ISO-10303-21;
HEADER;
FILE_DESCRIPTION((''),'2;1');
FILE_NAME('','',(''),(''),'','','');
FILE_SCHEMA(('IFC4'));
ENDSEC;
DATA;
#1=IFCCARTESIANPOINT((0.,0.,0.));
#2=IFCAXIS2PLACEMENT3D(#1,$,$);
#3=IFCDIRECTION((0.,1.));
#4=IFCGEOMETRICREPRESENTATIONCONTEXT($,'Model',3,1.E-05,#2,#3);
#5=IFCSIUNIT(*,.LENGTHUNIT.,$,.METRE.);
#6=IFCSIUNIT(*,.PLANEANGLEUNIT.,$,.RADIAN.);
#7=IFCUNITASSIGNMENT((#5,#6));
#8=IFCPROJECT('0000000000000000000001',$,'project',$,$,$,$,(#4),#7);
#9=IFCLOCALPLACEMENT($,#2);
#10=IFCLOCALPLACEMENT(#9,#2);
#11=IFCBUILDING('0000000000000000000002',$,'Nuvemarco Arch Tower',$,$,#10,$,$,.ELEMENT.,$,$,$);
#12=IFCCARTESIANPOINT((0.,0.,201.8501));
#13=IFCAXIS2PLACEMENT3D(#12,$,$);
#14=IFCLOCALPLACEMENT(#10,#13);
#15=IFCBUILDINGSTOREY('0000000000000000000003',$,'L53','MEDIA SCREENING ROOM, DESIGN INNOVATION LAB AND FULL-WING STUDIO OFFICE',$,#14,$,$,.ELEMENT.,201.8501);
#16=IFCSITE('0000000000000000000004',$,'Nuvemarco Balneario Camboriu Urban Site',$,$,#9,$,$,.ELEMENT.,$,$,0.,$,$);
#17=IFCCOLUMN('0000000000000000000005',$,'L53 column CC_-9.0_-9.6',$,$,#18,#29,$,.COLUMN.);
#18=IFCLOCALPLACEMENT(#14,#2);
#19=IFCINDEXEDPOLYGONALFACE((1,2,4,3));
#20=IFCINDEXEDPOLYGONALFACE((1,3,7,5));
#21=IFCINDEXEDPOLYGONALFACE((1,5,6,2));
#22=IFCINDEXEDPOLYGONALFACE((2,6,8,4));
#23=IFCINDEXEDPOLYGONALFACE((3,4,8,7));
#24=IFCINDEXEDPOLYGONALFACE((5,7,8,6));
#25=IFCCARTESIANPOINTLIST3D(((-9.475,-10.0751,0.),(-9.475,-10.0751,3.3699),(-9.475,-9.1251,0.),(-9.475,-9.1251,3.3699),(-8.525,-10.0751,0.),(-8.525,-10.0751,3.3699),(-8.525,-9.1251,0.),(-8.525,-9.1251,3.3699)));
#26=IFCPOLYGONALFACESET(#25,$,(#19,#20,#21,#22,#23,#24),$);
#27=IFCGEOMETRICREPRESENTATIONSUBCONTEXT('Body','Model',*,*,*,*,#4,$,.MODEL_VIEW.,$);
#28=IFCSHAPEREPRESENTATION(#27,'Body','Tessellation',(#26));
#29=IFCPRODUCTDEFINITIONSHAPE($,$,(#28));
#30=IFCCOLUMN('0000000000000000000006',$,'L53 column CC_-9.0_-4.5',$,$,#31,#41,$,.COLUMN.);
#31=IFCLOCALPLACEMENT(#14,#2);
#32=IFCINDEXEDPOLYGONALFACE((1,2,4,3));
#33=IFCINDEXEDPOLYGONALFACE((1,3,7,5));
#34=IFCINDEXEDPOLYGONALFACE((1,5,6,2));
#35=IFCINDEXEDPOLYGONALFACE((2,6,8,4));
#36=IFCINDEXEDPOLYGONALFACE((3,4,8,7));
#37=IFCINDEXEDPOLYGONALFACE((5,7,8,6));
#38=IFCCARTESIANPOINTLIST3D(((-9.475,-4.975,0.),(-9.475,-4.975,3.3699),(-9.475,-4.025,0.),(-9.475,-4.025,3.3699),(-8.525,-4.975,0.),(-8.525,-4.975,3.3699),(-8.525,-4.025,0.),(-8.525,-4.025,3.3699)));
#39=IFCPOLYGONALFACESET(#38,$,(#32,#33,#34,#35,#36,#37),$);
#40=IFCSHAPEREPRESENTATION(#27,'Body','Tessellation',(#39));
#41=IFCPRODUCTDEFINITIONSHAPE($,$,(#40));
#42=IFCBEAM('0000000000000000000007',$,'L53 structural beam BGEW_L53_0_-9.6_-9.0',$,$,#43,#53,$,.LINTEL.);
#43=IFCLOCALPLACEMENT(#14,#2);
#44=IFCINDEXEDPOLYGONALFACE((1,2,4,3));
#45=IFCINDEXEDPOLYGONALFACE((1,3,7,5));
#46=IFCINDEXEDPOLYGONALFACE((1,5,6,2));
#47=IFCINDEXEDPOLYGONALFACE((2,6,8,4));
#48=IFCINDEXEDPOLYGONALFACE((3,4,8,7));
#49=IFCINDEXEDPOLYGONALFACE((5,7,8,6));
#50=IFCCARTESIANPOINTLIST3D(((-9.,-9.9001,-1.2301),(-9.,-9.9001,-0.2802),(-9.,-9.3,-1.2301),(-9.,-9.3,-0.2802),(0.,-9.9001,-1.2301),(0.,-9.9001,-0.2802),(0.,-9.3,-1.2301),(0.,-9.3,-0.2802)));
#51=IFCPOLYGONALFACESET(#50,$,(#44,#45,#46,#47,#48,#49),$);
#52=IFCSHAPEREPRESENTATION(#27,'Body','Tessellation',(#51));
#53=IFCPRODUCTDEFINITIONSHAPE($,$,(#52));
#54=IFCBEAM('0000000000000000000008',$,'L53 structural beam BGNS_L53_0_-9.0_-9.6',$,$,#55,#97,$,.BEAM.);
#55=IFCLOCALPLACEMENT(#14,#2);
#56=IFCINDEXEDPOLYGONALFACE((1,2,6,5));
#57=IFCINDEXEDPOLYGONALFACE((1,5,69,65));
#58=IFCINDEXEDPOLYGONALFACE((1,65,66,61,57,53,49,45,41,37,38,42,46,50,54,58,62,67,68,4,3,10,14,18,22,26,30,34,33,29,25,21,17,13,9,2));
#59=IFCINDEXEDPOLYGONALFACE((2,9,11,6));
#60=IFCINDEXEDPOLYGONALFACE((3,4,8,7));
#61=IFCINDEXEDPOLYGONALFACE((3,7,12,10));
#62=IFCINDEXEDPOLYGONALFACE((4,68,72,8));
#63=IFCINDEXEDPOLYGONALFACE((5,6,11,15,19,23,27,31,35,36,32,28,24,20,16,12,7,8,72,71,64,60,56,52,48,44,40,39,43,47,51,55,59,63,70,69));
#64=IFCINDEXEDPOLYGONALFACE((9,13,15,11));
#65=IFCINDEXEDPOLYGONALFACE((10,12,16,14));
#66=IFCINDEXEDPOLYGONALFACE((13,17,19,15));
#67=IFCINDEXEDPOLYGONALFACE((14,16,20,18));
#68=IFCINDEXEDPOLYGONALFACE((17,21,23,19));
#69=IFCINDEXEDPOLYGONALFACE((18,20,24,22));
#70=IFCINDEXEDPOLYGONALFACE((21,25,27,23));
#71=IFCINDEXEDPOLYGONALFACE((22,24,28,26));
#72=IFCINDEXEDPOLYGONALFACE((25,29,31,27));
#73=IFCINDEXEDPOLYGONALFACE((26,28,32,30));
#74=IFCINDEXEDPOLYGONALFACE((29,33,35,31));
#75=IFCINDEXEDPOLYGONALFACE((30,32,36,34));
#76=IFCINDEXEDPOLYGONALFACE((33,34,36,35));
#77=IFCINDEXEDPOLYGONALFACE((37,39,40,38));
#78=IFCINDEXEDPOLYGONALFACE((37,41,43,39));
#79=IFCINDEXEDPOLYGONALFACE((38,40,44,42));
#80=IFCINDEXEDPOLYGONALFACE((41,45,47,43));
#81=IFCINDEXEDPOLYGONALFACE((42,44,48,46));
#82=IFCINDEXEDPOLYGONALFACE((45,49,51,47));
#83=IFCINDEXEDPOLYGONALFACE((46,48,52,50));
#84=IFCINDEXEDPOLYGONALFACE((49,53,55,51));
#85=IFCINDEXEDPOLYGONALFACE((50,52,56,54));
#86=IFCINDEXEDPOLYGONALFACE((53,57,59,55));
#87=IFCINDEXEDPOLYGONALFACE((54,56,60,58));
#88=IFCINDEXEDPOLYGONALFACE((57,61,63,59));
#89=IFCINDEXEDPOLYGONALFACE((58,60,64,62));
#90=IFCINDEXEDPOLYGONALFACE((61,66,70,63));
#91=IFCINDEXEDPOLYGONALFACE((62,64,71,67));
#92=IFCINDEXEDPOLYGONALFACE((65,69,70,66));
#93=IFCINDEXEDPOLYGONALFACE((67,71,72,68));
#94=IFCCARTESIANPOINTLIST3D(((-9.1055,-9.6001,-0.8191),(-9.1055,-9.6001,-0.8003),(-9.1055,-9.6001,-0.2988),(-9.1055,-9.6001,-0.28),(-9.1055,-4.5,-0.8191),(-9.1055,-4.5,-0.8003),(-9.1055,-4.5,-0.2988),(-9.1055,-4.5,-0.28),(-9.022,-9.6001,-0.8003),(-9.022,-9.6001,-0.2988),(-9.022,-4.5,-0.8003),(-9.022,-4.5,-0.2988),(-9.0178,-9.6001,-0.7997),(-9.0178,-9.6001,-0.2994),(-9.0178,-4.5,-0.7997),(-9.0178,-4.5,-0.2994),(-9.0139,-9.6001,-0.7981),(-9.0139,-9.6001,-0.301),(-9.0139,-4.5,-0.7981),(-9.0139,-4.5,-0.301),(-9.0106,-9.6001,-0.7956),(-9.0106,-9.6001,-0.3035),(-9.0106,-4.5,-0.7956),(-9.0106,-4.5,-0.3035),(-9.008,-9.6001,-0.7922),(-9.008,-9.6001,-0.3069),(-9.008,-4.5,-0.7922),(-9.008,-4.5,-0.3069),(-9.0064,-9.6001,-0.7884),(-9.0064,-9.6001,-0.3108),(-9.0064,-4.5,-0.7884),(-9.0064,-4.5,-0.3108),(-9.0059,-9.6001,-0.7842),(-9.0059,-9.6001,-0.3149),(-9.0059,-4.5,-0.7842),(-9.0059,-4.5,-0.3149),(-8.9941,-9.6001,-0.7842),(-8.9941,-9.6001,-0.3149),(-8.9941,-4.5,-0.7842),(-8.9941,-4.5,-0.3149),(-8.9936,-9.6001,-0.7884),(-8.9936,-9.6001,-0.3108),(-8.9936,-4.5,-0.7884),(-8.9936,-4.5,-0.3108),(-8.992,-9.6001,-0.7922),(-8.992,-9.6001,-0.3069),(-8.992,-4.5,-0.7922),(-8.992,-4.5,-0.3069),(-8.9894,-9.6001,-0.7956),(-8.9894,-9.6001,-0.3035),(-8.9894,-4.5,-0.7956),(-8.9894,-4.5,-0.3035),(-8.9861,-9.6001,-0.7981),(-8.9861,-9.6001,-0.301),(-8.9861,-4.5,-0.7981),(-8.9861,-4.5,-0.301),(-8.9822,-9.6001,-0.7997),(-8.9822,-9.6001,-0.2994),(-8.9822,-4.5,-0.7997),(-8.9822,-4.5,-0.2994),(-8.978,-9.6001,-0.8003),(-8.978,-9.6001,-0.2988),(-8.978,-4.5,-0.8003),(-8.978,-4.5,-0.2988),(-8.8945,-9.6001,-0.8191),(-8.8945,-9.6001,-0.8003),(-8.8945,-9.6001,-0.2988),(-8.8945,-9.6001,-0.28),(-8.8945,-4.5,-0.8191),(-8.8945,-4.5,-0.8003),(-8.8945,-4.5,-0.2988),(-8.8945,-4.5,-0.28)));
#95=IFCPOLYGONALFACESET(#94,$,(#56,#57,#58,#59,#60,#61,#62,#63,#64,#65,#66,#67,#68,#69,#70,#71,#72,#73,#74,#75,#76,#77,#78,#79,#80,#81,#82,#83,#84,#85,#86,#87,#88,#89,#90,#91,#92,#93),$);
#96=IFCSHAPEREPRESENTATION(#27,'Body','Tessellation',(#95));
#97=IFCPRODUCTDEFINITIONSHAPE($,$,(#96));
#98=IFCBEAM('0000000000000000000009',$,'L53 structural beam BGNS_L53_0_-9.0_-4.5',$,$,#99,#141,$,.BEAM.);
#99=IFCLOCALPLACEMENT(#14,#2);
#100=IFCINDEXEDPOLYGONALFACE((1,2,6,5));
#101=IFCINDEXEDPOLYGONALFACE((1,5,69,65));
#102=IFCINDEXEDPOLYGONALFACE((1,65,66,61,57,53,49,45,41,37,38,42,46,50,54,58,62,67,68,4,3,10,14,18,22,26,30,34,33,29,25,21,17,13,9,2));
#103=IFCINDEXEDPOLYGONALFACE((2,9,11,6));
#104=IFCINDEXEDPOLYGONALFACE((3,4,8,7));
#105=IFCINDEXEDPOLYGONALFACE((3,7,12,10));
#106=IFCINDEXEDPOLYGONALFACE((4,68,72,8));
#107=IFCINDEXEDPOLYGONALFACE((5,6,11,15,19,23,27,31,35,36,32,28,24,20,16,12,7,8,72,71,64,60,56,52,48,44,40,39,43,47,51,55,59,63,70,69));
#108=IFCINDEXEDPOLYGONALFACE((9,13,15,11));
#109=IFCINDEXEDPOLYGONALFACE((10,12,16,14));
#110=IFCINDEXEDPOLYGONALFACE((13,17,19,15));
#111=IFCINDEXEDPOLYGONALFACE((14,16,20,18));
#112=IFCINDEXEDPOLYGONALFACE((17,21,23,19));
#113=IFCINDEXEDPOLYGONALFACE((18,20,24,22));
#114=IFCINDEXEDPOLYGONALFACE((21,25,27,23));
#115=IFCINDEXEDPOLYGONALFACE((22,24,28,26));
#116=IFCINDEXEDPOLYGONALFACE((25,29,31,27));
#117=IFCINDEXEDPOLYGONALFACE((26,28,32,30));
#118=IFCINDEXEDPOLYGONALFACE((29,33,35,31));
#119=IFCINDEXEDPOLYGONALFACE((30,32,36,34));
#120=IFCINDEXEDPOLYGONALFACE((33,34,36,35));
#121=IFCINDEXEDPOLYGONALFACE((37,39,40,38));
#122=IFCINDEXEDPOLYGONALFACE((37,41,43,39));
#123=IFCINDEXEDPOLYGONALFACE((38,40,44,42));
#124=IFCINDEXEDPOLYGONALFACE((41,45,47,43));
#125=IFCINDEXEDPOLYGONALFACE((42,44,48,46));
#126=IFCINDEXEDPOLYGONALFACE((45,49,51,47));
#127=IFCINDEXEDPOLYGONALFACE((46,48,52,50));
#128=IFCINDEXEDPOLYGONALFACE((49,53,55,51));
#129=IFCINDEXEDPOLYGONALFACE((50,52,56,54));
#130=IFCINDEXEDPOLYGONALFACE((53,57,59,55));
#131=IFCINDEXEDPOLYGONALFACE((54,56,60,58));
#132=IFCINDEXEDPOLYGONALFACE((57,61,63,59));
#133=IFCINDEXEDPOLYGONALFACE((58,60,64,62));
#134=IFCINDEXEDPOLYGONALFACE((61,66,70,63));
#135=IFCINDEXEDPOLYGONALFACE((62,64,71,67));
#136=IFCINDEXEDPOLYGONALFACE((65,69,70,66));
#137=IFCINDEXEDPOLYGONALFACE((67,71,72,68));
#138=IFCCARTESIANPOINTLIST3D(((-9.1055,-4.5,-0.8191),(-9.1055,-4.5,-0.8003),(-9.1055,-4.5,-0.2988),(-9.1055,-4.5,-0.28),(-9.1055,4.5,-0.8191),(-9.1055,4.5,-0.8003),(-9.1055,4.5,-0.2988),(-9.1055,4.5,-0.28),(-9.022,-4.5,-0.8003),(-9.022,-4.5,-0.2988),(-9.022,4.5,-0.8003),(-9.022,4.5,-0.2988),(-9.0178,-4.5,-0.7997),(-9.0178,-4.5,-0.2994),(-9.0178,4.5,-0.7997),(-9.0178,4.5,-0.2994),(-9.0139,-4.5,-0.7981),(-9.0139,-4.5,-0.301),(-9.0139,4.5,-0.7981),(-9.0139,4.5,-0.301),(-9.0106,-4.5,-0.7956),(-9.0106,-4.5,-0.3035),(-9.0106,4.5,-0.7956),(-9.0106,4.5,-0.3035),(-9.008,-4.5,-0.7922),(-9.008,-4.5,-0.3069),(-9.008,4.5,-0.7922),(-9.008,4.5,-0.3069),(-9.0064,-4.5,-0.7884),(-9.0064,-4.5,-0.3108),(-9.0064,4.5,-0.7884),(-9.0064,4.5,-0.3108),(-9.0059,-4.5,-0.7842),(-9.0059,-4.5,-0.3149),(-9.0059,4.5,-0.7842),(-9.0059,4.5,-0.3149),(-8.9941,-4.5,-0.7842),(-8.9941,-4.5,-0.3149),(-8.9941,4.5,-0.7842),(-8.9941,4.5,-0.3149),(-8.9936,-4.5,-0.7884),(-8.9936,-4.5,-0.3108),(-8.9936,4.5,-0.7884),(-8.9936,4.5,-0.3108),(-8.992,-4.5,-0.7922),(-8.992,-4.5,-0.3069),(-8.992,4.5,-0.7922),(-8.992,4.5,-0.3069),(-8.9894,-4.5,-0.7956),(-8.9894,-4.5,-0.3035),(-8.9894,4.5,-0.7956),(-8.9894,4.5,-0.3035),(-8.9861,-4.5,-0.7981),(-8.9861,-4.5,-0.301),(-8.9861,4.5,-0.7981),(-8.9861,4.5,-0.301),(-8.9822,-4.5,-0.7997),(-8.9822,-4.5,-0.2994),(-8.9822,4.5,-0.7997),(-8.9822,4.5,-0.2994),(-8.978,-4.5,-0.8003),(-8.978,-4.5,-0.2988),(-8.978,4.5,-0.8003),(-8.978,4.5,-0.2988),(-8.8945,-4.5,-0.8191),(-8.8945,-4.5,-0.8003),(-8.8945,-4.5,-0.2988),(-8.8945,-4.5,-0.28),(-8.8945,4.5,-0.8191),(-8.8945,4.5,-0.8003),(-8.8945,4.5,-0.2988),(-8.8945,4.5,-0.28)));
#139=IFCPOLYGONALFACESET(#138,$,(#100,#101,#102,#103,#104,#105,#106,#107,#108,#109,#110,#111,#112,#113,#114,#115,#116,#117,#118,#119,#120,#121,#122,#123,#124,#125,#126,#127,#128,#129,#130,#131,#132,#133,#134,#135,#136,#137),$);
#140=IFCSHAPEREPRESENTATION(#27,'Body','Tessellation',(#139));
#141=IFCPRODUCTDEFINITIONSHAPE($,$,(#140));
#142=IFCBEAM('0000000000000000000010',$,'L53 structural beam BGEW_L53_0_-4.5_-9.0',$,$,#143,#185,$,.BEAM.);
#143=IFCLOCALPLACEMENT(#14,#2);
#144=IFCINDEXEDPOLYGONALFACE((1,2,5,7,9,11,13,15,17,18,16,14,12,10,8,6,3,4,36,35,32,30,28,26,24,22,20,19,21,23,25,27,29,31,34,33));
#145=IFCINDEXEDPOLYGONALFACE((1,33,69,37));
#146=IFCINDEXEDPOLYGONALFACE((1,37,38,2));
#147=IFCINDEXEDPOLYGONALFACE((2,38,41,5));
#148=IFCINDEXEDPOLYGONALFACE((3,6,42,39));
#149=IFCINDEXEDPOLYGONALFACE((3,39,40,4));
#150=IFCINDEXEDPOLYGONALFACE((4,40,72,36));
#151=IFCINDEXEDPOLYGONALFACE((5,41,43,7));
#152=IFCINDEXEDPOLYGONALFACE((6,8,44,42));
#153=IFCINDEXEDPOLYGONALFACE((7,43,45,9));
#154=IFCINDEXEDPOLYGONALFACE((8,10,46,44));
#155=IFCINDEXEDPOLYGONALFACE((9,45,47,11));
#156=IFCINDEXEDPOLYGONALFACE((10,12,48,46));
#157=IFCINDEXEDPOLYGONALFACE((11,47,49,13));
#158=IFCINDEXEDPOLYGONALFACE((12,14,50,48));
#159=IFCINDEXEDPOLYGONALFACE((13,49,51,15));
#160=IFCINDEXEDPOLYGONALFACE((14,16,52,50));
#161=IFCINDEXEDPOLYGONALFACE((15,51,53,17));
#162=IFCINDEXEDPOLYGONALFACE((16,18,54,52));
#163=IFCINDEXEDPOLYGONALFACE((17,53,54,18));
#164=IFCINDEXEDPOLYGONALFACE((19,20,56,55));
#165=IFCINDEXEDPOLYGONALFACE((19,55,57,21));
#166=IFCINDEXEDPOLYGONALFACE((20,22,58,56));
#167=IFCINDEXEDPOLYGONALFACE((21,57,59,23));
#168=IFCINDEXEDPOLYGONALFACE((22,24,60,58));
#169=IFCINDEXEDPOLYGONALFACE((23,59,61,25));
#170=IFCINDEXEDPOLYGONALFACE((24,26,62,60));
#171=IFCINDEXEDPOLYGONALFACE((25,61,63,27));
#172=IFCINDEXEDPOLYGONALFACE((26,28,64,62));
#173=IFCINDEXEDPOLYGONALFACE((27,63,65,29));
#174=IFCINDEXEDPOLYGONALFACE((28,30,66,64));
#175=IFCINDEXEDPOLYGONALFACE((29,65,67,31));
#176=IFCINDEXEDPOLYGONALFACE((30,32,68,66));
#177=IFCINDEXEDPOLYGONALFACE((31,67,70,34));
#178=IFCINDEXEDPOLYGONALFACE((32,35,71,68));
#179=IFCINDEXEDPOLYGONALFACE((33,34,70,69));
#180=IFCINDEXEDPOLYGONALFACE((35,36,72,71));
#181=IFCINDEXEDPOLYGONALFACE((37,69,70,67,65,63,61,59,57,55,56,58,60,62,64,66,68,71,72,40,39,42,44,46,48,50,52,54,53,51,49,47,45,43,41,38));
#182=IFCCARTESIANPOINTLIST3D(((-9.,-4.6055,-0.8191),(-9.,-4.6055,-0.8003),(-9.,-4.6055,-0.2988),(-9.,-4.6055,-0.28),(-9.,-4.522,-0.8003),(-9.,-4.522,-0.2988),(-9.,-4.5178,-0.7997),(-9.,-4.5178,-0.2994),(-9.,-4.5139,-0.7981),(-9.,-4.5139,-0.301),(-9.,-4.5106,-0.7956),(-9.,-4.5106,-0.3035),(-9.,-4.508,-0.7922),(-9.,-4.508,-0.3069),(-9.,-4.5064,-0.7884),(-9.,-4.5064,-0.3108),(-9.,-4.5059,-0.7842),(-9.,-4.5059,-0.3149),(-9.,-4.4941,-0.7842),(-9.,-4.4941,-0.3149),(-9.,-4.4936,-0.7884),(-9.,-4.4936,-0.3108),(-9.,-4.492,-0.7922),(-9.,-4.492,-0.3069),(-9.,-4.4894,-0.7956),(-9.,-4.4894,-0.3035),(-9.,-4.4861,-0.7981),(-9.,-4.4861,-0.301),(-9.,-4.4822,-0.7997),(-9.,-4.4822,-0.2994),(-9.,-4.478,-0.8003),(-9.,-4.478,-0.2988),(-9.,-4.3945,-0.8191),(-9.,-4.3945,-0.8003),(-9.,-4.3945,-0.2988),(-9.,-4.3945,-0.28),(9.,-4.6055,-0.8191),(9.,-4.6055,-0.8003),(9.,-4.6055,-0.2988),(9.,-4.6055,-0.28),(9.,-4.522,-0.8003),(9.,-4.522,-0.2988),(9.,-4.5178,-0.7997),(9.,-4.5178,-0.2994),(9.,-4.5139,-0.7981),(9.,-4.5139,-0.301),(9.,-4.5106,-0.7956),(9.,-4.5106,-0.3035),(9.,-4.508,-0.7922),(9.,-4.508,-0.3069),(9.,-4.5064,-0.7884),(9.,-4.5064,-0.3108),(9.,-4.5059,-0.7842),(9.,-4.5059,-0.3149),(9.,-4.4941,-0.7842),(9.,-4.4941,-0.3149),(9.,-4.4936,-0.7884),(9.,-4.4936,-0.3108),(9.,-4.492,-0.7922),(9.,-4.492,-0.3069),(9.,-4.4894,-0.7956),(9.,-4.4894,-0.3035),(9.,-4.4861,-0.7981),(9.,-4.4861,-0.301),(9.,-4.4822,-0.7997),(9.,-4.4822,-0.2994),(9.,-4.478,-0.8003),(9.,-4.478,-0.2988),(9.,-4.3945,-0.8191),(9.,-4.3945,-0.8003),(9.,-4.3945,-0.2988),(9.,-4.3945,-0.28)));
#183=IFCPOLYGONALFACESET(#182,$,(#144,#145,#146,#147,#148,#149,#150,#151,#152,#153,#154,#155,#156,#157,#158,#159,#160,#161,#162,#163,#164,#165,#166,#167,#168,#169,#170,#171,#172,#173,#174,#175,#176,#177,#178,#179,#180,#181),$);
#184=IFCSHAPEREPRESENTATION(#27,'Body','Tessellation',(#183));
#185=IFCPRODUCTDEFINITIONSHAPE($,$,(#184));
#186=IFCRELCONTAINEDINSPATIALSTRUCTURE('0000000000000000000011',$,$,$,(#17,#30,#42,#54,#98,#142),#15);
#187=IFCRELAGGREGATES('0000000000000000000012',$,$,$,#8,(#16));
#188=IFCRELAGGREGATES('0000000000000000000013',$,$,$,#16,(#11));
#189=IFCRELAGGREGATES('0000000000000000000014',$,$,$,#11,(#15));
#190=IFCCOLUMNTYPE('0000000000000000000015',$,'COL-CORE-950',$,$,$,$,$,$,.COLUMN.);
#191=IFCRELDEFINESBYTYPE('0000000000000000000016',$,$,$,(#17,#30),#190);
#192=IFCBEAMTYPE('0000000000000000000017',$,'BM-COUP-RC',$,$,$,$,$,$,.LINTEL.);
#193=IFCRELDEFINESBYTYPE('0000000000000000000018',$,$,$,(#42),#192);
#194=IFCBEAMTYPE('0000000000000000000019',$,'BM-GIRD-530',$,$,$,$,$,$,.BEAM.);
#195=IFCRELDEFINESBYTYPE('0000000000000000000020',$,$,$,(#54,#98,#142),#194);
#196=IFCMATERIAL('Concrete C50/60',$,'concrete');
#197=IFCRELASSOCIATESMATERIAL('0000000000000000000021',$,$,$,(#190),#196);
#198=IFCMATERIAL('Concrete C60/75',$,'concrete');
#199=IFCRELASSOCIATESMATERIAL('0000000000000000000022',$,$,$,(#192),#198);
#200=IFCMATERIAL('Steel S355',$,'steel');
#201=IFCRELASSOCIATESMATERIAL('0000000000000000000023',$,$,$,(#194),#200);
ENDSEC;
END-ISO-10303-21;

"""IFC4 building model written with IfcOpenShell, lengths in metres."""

from ifc_helpers import new_model, si_unit, direction, frame, origin, origin_2d, place, context, subcontext, project, spatial, rectangle, i_section, extrude, material, material_profile, profile_set, type_object, element, save


model = new_model("IFC4")

# Units and contexts
model_context = context("Model", 3, precision=1e-05, world=origin(), true_north=direction((0.0, 1.0)))
body_context = subcontext(model_context, "Body", "Model", "MODEL_VIEW")
ifc_project = project(units=[si_unit("LENGTHUNIT", "METRE"), si_unit("PLANEANGLEUNIT", "RADIAN")], contexts=[model_context])

# Site, building, storey
site_placement = place(None, origin())
site = spatial("IfcSite", under=ifc_project, at=site_placement, Name="Nuvemarco Balneario Camboriu Urban Site", CompositionType="ELEMENT", RefElevation=0.0)
building_placement = place(site_placement, origin())
building = spatial("IfcBuilding", under=site, at=building_placement, Name="Nuvemarco Arch Tower", CompositionType="ELEMENT")
storey_placement = place(building_placement, frame((0.0, 0.0, 201.8501)))
storey = spatial("IfcBuildingStorey", under=building, at=storey_placement, Name="L53", Description="MEDIA SCREENING ROOM, DESIGN INNOVATION LAB AND FULL-WING STUDIO OFFICE", CompositionType="ELEMENT", Elevation=201.8501)

# Columns
ifc_material_1 = material(Name="Concrete C50/60", Category="concrete")
ifc_material_profile_1 = material_profile(ifc_material_1, rectangle(XDim=0.95, YDim=0.95, at=origin_2d()), Name="RC-COL-950x950")
ifc_profile_set_1 = profile_set([ifc_material_profile_1], Name="Concrete C50/60")
column_type = type_object("IfcColumnType", Name="COL-CORE-950", PredefinedType="COLUMN", material=ifc_profile_set_1)
for number, where, z_axis, x_axis, name in (
    (1, (-9.0, -9.6001, 0.0), (0.0, 0.0, 1.0), (1.0, 0.0, 0.0), "L53 column CC_-9.0_-9.6"),
    (2, (-9.0, -4.5, 0.0), (0.0, 0.0, 1.0), (1.0, 0.0, 0.0), "L53 column CC_-9.0_-4.5"),
):
    element("IfcColumn", number, at=place(storey_placement, frame(where, z_axis=z_axis, x_axis=x_axis)), inside=storey, type_object=column_type, Name=name, PredefinedType="COLUMN", context=body_context, shape_type="SweptSolid", body=[
        extrude(rectangle(XDim=0.95, YDim=0.95, at=origin_2d()), origin(), (0.0, 0.0, 1.0), 3.3699),
    ])

# Beams
ifc_material_2 = material(Name="Concrete C60/75", Category="concrete")
ifc_material_profile_2 = material_profile(ifc_material_2, rectangle(XDim=0.6001, YDim=0.95, at=origin_2d()), Name="RC-BM-600x950")
ifc_profile_set_2 = profile_set([ifc_material_profile_2], Name="Concrete C60/75")
beam_type_1 = type_object("IfcBeamType", Name="BM-COUP-RC", PredefinedType="LINTEL", material=ifc_profile_set_2)
beam_1_placement = place(storey_placement, frame((-9.0, -9.6001, -0.7551), z_axis=(1.0, 0.0, 0.0), x_axis=(0.0, 1.0, 0.0)))
element("IfcBeam", 3, at=beam_1_placement, inside=storey, type_object=beam_type_1, Name="L53 structural beam BGEW_L53_0_-9.6_-9.0", PredefinedType="LINTEL", context=body_context, shape_type="SweptSolid", body=[
    extrude(rectangle(XDim=0.6001, YDim=0.95, at=origin_2d()), origin(), (0.0, 0.0, 1.0), 9.0),
])
ifc_material_3 = material(Name="Steel S355", Category="steel")
ifc_material_profile_3 = material_profile(ifc_material_3, i_section(OverallWidth=0.2109, OverallDepth=0.5391, WebThickness=0.0117, FlangeThickness=0.0188, FilletRadius=0.0161, at=origin_2d()), Name="W530x109")
ifc_profile_set_3 = profile_set([ifc_material_profile_3], Name="Steel S355")
beam_type_2 = type_object("IfcBeamType", Name="BM-GIRD-530", PredefinedType="BEAM", material=ifc_profile_set_3)
beam_2_placement = place(storey_placement, frame((-9.0, -9.6001, -0.5496), z_axis=(0.0, 1.0, 0.0), x_axis=(-1.0, 0.0, 0.0)))
element("IfcBeam", 4, at=beam_2_placement, inside=storey, type_object=beam_type_2, Name="L53 structural beam BGNS_L53_0_-9.0_-9.6", PredefinedType="BEAM", context=body_context, shape_type="SweptSolid", body=[
    extrude(i_section(OverallWidth=0.2109, OverallDepth=0.5391, WebThickness=0.0117, FlangeThickness=0.0188, FilletRadius=0.0161, at=origin_2d()), origin(), (0.0, 0.0, 1.0), 5.1001),
])
beam_3_placement = place(storey_placement, frame((-9.0, -4.5, -0.5496), z_axis=(0.0, 1.0, 0.0), x_axis=(-1.0, 0.0, 0.0)))
element("IfcBeam", 5, at=beam_3_placement, inside=storey, type_object=beam_type_2, Name="L53 structural beam BGNS_L53_0_-9.0_-4.5", PredefinedType="BEAM", context=body_context, shape_type="SweptSolid", body=[
    extrude(i_section(OverallWidth=0.2109, OverallDepth=0.5391, WebThickness=0.0117, FlangeThickness=0.0188, FilletRadius=0.0161, at=origin_2d()), origin(), (0.0, 0.0, 1.0), 9.0),
])
beam_4_placement = place(storey_placement, frame((-9.0, -4.5, -0.5496), z_axis=(1.0, 0.0, 0.0), x_axis=(0.0, 1.0, 0.0)))
element("IfcBeam", 6, at=beam_4_placement, inside=storey, type_object=beam_type_2, Name="L53 structural beam BGEW_L53_0_-4.5_-9.0", PredefinedType="BEAM", context=body_context, shape_type="SweptSolid", body=[
    extrude(i_section(OverallWidth=0.2109, OverallDepth=0.5391, WebThickness=0.0117, FlangeThickness=0.0188, FilletRadius=0.0161, at=origin_2d()), origin(), (0.0, 0.0, 1.0), 18.0),
])

save(model, "model.ifc")
